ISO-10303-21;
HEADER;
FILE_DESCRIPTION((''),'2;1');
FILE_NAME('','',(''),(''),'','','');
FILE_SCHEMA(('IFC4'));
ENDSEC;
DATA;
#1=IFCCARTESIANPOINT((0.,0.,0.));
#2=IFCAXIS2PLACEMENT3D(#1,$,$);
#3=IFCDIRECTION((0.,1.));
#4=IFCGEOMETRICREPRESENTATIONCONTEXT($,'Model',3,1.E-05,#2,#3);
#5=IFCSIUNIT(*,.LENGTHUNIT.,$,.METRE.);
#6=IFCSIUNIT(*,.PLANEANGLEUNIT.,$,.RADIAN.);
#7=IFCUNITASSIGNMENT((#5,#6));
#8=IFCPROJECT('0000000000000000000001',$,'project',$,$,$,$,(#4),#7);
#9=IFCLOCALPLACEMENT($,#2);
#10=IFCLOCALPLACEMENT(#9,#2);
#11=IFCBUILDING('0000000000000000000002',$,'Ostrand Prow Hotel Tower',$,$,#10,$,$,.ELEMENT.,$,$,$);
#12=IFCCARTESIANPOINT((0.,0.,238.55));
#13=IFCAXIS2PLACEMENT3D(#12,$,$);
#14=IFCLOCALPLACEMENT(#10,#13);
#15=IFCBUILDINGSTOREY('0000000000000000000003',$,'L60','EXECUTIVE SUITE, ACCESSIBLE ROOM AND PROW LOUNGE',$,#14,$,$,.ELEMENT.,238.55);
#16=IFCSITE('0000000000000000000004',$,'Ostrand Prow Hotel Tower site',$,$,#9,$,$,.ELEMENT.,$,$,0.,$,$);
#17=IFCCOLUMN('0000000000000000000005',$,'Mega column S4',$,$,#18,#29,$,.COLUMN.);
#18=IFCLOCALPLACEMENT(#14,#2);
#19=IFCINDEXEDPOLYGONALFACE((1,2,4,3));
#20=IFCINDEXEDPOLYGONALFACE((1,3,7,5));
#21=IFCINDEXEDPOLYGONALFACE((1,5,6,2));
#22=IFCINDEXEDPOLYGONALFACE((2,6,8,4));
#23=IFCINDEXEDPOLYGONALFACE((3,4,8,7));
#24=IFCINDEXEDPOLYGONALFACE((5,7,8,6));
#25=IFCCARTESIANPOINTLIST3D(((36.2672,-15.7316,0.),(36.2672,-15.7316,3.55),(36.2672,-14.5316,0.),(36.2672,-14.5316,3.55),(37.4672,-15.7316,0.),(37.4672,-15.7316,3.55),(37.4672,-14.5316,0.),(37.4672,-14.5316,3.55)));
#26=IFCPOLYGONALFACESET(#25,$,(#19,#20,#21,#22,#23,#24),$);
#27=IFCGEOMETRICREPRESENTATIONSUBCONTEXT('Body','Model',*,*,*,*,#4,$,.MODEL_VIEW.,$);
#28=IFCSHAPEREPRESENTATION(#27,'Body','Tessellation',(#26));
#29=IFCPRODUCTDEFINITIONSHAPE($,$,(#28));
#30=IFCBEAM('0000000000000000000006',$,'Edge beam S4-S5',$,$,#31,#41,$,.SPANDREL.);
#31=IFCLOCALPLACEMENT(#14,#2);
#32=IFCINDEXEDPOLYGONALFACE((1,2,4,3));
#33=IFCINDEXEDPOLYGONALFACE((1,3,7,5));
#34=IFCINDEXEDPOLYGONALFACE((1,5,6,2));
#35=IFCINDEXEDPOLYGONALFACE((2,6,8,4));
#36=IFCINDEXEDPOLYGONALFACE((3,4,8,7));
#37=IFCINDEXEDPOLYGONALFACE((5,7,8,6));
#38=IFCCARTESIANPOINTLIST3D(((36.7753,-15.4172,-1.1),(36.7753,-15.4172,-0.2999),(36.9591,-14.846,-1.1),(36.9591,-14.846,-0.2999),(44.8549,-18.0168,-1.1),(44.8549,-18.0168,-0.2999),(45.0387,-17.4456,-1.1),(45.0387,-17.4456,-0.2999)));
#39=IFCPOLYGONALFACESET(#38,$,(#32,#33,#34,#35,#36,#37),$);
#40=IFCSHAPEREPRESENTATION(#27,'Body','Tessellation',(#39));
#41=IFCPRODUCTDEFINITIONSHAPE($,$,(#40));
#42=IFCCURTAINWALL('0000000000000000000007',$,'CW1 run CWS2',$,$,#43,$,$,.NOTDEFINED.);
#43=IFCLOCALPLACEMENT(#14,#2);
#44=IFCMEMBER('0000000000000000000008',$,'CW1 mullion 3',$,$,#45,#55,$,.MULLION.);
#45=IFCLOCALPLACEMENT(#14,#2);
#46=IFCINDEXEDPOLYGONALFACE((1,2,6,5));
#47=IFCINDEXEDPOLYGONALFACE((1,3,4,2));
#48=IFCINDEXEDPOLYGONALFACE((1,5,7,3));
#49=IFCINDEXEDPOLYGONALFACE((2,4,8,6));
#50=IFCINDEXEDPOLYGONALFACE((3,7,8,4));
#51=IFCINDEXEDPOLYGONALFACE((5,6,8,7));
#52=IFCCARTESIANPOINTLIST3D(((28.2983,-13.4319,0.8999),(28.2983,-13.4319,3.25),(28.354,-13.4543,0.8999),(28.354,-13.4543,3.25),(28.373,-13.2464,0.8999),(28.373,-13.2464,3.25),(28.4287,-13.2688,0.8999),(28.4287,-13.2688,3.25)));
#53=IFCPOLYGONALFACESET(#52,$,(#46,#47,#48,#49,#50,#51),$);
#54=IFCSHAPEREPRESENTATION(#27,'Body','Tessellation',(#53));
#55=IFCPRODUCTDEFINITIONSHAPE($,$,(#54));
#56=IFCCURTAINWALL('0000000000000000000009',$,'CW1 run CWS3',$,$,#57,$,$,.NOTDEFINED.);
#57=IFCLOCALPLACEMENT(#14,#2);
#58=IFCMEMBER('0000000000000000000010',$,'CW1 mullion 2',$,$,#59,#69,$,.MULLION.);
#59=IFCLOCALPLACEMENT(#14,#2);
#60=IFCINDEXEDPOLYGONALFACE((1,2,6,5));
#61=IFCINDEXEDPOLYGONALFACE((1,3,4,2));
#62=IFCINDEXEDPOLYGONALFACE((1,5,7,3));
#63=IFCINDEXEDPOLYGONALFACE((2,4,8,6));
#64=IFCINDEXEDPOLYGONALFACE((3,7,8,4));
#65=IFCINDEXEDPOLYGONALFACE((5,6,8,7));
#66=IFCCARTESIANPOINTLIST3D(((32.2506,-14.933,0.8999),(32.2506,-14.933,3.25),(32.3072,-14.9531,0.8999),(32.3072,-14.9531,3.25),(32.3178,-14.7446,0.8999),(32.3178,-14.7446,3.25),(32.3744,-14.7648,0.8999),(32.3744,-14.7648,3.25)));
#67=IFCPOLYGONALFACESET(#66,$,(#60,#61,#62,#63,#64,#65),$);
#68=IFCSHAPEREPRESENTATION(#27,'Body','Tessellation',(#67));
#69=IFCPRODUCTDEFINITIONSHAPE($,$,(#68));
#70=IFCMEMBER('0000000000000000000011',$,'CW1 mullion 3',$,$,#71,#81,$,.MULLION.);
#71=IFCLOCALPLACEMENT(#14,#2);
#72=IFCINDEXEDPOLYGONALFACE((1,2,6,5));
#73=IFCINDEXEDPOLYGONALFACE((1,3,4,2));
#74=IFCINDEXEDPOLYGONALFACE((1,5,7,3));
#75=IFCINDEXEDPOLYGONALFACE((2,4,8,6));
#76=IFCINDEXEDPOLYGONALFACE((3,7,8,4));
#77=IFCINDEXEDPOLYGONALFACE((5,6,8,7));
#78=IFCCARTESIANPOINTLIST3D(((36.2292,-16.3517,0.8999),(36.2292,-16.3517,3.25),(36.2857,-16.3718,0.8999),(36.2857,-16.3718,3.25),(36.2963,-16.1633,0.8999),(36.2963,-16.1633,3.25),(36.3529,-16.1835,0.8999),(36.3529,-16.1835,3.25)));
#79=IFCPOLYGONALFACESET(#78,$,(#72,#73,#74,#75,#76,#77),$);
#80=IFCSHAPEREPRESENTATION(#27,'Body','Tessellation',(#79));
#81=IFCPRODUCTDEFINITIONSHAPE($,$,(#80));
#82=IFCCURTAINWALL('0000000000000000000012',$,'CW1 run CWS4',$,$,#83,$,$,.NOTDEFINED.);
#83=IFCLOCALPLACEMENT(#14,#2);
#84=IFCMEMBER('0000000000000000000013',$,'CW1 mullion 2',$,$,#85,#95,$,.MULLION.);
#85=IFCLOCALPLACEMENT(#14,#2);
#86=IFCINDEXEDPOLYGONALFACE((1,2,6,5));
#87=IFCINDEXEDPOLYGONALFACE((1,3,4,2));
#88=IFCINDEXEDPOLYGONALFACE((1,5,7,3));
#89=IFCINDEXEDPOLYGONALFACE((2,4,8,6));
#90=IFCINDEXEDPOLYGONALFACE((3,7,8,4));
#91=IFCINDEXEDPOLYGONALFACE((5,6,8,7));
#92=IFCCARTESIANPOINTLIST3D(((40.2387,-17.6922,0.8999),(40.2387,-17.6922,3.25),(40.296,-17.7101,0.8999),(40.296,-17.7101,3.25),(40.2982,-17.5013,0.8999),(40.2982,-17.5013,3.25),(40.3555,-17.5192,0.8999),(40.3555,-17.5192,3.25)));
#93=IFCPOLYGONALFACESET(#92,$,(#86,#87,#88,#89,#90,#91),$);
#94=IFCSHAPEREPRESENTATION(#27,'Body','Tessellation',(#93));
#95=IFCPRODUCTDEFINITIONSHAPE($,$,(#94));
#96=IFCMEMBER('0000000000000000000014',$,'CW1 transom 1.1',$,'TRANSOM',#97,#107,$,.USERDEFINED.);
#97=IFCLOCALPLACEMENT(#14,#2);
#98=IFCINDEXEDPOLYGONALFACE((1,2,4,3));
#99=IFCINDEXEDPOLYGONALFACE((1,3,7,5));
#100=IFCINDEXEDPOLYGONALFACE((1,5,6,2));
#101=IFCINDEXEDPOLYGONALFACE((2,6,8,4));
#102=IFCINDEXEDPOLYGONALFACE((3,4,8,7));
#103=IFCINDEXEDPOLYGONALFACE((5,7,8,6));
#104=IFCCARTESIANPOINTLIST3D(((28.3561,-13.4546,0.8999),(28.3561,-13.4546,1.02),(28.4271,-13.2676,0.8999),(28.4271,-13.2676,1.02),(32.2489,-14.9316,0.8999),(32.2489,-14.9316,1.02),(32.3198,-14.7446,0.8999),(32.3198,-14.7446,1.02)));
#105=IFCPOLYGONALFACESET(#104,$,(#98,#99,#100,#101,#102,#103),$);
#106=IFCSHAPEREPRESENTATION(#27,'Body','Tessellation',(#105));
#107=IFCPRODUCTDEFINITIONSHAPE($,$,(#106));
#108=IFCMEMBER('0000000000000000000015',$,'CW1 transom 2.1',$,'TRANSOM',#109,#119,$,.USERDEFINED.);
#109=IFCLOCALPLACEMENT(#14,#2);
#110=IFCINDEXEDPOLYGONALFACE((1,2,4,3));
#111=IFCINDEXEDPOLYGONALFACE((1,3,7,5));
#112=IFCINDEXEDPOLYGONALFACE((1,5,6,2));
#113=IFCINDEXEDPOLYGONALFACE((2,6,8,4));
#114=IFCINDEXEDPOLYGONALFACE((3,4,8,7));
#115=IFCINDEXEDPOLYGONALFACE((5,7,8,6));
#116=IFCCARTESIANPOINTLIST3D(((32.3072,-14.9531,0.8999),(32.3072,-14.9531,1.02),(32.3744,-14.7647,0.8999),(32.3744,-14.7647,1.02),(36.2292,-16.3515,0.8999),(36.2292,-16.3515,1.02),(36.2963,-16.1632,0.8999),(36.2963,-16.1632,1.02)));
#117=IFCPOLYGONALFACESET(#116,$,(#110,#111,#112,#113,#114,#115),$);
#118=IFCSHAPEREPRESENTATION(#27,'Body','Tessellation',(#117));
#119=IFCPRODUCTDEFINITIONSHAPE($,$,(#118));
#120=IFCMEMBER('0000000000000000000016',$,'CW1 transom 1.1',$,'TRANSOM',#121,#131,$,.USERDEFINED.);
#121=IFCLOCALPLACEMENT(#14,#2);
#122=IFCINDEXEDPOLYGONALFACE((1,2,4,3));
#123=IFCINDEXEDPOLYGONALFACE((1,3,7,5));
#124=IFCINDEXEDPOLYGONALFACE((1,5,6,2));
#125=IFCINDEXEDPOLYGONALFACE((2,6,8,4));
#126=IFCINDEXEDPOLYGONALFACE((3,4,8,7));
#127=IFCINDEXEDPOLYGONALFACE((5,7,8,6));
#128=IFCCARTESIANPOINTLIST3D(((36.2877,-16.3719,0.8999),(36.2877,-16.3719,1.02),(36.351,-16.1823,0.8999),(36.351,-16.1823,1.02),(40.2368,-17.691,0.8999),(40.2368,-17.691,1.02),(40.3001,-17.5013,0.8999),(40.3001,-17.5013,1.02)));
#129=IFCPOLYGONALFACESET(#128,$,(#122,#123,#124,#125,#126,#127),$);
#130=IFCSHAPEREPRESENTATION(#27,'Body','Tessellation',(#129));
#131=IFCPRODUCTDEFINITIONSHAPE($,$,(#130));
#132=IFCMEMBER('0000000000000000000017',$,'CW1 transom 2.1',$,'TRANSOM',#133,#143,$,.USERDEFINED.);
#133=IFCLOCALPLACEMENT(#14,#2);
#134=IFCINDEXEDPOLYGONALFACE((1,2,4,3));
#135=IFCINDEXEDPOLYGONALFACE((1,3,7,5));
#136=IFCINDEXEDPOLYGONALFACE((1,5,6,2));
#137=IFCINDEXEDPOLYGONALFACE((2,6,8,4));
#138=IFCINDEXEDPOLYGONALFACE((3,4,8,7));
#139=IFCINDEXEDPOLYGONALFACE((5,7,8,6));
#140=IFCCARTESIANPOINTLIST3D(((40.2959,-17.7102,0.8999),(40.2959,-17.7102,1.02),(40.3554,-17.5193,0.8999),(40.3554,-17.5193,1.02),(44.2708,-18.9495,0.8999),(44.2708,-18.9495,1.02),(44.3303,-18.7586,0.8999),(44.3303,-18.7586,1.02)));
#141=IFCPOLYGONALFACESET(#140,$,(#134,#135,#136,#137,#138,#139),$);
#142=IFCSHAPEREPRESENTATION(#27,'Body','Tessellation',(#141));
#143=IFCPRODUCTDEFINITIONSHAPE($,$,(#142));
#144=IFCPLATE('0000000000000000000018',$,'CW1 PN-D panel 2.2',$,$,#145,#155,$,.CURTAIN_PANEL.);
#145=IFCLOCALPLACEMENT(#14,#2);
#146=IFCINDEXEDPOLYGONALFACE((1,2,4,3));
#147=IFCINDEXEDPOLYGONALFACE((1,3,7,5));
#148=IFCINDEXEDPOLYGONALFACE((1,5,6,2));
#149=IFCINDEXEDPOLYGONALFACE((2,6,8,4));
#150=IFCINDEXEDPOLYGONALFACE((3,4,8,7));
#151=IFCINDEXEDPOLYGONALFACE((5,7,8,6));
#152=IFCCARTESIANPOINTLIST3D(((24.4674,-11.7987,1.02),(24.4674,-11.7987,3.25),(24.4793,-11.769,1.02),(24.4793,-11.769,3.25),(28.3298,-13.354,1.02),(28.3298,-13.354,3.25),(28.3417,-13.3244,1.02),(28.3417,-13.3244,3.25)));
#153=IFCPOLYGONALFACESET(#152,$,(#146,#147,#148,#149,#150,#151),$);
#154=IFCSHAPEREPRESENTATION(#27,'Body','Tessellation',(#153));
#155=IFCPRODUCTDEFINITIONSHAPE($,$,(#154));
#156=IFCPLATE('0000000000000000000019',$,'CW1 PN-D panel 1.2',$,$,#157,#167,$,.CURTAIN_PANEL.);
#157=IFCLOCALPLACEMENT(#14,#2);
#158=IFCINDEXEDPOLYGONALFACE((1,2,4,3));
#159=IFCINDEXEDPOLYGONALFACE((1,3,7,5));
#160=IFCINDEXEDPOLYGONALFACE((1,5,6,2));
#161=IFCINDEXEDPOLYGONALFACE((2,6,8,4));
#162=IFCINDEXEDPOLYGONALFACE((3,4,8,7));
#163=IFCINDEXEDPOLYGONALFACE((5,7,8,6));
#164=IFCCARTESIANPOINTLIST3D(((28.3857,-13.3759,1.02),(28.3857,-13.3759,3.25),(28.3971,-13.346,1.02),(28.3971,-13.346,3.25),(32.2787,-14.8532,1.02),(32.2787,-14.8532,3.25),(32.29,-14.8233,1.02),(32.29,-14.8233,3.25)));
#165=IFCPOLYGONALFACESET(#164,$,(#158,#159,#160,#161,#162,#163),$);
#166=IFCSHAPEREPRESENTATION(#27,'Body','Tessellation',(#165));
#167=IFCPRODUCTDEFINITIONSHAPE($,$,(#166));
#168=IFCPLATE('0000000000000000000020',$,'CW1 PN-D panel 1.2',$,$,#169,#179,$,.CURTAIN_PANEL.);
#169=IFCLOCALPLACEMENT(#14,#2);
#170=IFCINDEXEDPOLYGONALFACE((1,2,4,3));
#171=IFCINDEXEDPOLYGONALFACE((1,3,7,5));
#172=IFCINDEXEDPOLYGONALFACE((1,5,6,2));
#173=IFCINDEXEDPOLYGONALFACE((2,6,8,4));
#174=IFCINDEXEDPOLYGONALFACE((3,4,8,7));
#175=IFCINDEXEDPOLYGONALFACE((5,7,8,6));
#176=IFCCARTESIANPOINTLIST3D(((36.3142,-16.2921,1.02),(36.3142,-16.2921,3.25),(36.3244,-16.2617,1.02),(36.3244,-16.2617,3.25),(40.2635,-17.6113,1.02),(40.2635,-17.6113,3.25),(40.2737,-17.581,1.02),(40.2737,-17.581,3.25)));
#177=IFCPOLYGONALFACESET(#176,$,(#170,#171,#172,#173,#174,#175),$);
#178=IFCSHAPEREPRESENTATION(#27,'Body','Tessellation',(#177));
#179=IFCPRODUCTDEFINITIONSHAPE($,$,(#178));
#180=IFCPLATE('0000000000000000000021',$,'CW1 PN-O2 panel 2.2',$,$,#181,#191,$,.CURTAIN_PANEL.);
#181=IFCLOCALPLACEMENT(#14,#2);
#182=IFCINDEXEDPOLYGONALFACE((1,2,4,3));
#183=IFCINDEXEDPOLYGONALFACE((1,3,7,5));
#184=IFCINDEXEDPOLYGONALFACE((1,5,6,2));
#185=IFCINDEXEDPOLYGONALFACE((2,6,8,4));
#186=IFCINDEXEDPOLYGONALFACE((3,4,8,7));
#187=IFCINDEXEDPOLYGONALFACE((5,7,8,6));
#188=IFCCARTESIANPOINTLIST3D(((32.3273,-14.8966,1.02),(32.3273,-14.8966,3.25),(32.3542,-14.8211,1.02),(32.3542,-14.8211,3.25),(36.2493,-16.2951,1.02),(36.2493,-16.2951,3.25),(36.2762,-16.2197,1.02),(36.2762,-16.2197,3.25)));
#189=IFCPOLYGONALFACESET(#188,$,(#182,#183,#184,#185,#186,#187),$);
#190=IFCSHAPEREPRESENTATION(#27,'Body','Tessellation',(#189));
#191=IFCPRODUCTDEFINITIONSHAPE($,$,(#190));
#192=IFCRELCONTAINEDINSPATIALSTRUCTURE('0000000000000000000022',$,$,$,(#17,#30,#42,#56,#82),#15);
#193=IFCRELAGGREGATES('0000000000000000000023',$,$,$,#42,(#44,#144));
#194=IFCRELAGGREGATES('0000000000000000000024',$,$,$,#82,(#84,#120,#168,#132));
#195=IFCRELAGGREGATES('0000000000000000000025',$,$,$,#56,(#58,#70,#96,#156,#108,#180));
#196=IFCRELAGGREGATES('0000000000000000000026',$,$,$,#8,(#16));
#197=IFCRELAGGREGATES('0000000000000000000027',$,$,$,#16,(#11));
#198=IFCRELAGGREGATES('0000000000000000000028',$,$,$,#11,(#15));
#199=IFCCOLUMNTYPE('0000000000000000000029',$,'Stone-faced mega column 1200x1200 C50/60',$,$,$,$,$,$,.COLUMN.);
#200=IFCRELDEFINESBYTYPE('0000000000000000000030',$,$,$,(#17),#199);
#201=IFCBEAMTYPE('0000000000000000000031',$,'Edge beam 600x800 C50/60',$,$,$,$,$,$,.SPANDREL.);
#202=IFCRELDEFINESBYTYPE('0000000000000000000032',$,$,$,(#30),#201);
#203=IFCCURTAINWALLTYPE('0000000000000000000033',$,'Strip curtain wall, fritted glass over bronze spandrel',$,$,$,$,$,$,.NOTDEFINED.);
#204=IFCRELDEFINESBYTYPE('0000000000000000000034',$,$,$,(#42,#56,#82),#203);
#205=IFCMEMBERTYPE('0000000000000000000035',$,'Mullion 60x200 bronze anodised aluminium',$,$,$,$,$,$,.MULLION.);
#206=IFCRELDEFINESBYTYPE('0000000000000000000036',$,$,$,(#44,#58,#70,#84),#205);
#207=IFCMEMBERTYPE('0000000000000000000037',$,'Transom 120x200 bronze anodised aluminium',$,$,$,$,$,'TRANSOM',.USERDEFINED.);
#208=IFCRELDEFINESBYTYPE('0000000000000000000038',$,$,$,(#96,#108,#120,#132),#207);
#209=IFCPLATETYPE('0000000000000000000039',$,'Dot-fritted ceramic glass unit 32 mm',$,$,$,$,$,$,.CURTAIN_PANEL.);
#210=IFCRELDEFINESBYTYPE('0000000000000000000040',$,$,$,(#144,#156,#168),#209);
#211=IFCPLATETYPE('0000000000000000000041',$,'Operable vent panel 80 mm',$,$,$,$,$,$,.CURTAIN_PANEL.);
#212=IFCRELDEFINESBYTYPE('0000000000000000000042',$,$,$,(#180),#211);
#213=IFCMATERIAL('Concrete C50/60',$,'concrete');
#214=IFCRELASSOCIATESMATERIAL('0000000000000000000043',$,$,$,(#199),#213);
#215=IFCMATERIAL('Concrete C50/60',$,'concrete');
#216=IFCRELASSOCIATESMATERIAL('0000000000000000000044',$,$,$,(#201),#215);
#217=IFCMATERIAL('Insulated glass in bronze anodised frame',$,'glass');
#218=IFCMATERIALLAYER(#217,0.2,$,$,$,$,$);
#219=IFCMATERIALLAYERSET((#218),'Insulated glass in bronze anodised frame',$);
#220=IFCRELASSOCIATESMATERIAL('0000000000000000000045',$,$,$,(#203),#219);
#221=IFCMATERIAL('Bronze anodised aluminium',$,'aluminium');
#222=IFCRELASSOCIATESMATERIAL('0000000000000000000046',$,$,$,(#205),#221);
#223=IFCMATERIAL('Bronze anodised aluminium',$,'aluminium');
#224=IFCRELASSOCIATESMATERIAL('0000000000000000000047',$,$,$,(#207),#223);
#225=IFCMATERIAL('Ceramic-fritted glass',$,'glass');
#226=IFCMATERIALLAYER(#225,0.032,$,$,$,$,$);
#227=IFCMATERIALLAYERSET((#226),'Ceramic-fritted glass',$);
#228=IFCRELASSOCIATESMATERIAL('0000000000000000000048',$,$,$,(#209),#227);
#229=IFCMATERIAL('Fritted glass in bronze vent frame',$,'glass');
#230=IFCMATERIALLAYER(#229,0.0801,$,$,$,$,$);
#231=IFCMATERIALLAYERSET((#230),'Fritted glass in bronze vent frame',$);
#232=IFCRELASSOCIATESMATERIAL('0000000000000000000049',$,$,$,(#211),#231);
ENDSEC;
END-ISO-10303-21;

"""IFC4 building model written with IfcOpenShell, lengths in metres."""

from ifc_helpers import new_model, si_unit, direction, frame, origin, origin_2d, place, context, subcontext, project, spatial, rectangle, extrude, material, layer, layer_set, material_profile, profile_set, type_object, element, aggregate, save


model = new_model("IFC4")

# Units and contexts
model_context = context("Model", 3, precision=1e-05, world=origin(), true_north=direction((0.0, 1.0)))
body_context = subcontext(model_context, "Body", "Model", "MODEL_VIEW")
ifc_project = project(units=[si_unit("LENGTHUNIT", "METRE"), si_unit("PLANEANGLEUNIT", "RADIAN")], contexts=[model_context])

# Site, building, storey
site_placement = place(None, origin())
site = spatial("IfcSite", under=ifc_project, at=site_placement, Name="Ostrand Prow Hotel Tower site", CompositionType="ELEMENT", RefElevation=0.0)
building_placement = place(site_placement, origin())
building = spatial("IfcBuilding", under=site, at=building_placement, Name="Ostrand Prow Hotel Tower", CompositionType="ELEMENT")
storey_placement = place(building_placement, frame((0.0, 0.0, 238.55)))
storey = spatial("IfcBuildingStorey", under=building, at=storey_placement, Name="L60", Description="EXECUTIVE SUITE, ACCESSIBLE ROOM AND PROW LOUNGE", CompositionType="ELEMENT", Elevation=238.55)

# Column
ifc_material_1 = material(Name="Concrete C50/60", Category="concrete")
ifc_material_profile_1 = material_profile(ifc_material_1, rectangle(XDim=1.2, YDim=1.2, at=origin_2d()), Name="RC 1200x1200")
ifc_profile_set_1 = profile_set([ifc_material_profile_1], Name="Concrete C50/60")
column_type = type_object("IfcColumnType", Name="Stone-faced mega column 1200x1200 C50/60", PredefinedType="COLUMN", material=ifc_profile_set_1)
column_placement = place(storey_placement, frame((36.8672, -15.1316, 0.0), z_axis=(0.0, 0.0, 1.0), x_axis=(1.0, 0.0, 0.0)))
element("IfcColumn", 1, at=column_placement, inside=storey, type_object=column_type, Name="Mega column S4", PredefinedType="COLUMN", context=body_context, shape_type="SweptSolid", body=[
    extrude(rectangle(XDim=1.2, YDim=1.2, at=origin_2d()), origin(), (0.0, 0.0, 1.0), 3.55),
])

# Beam
ifc_material_2 = material(Name="Concrete C50/60", Category="concrete")
ifc_material_profile_2 = material_profile(ifc_material_2, rectangle(XDim=0.6001, YDim=0.8, at=origin_2d()), Name="RC 600x800")
ifc_profile_set_2 = profile_set([ifc_material_profile_2], Name="Concrete C50/60")
beam_type = type_object("IfcBeamType", Name="Edge beam 600x800 C50/60", PredefinedType="SPANDREL", material=ifc_profile_set_2)
beam_placement = place(storey_placement, frame((36.8672, -15.1316, -0.7), z_axis=(0.951939, -0.306287, 0.0), x_axis=(0.306287, 0.951939, 0.0)))
element("IfcBeam", 2, at=beam_placement, inside=storey, type_object=beam_type, Name="Edge beam S4-S5", PredefinedType="SPANDREL", context=body_context, shape_type="SweptSolid", body=[
    extrude(rectangle(XDim=0.6001, YDim=0.8, at=origin_2d()), origin(), (0.0, 0.0, 1.0), 8.4875),
])

# Curtain wall, member
ifc_material_3 = material(Name="Insulated glass in bronze anodised frame", Category="glass")
ifc_layer_1 = layer(ifc_material_3, 0.2)
ifc_layer_set_1 = layer_set([ifc_layer_1], Name="Insulated glass in bronze anodised frame")
curtain_wall_type = type_object("IfcCurtainWallType", Name="Strip curtain wall, fritted glass over bronze spandrel", PredefinedType="NOTDEFINED", material=ifc_layer_set_1)
curtain_wall_1_placement = place(storey_placement, origin())
curtain_wall_1 = element("IfcCurtainWall", 3, at=curtain_wall_1_placement, inside=storey, type_object=curtain_wall_type, Name="CW1 run CWS2", PredefinedType="NOTDEFINED")
ifc_material_4 = material(Name="Bronze anodised aluminium", Category="aluminium")
ifc_material_profile_3 = material_profile(ifc_material_4, rectangle(XDim=0.2, YDim=0.0601, at=origin_2d()), Name="Mullion 60x200 bronze anodised aluminium")
ifc_profile_set_3 = profile_set([ifc_material_profile_3], Name="Bronze anodised aluminium")
member_type_1 = type_object("IfcMemberType", Name="Mullion 60x200 bronze anodised aluminium", PredefinedType="MULLION", material=ifc_profile_set_3)
member_1_placement = place(storey_placement, frame((28.3635, -13.3503, 0.8999), z_axis=(0.0, 0.0, 1.0), x_axis=(0.373533, 0.927617, 0.0)))
member_1 = element("IfcMember", 4, at=member_1_placement, type_object=member_type_1, Name="CW1 mullion 3", PredefinedType="MULLION", context=body_context, shape_type="SweptSolid", body=[
    extrude(rectangle(XDim=0.2, YDim=0.0601, at=origin_2d()), origin(), (0.0, 0.0, 1.0), 2.3501),
])

# Curtain wall, members
curtain_wall_2_placement = place(storey_placement, origin())
curtain_wall_2 = element("IfcCurtainWall", 5, at=curtain_wall_2_placement, inside=storey, type_object=curtain_wall_type, Name="CW1 run CWS3", PredefinedType="NOTDEFINED")
member_2_placement = place(storey_placement, frame((32.3125, -14.8489, 0.8999), z_axis=(0.0, 0.0, 1.0), x_axis=(0.335877, 0.941906, 0.0)))
member_2 = element("IfcMember", 6, at=member_2_placement, type_object=member_type_1, Name="CW1 mullion 2", PredefinedType="MULLION", context=body_context, shape_type="SweptSolid", body=[
    extrude(rectangle(XDim=0.2, YDim=0.0601, at=origin_2d()), origin(), (0.0, 0.0, 1.0), 2.3501),
])
member_3_placement = place(storey_placement, frame((36.291, -16.2676, 0.8999), z_axis=(0.0, 0.0, 1.0), x_axis=(0.335877, 0.941906, 0.0)))
member_3 = element("IfcMember", 7, at=member_3_placement, type_object=member_type_1, Name="CW1 mullion 3", PredefinedType="MULLION", context=body_context, shape_type="SweptSolid", body=[
    extrude(rectangle(XDim=0.2, YDim=0.0601, at=origin_2d()), origin(), (0.0, 0.0, 1.0), 2.3501),
])

# Curtain wall, member
curtain_wall_3_placement = place(storey_placement, origin())
curtain_wall_3 = element("IfcCurtainWall", 8, at=curtain_wall_3_placement, inside=storey, type_object=curtain_wall_type, Name="CW1 run CWS4", PredefinedType="NOTDEFINED")
member_4_placement = place(storey_placement, frame((40.2971, -17.6057, 0.8999), z_axis=(0.0, 0.0, 1.0), x_axis=(0.297678, 0.954666, 0.0)))
member_4 = element("IfcMember", 9, at=member_4_placement, type_object=member_type_1, Name="CW1 mullion 2", PredefinedType="MULLION", context=body_context, shape_type="SweptSolid", body=[
    extrude(rectangle(XDim=0.2, YDim=0.0601, at=origin_2d()), origin(), (0.0, 0.0, 1.0), 2.3501),
])

# Members
ifc_material_5 = material(Name="Bronze anodised aluminium", Category="aluminium")
ifc_material_profile_4 = material_profile(ifc_material_5, rectangle(XDim=0.2, YDim=0.1201, at=origin_2d()), Name="Transom 120x200 bronze anodised aluminium")
ifc_profile_set_4 = profile_set([ifc_material_profile_4], Name="Bronze anodised aluminium")
member_type_2 = type_object("IfcMemberType", Name="Transom 120x200 bronze anodised aluminium", ElementType="TRANSOM", PredefinedType="USERDEFINED", material=ifc_profile_set_4)
member_5_placement = place(storey_placement, frame((28.3916, -13.3611, 0.96), z_axis=(0.934961, -0.354751, 0.0), x_axis=(0.354751, 0.934961, 0.0)))
member_5 = element("IfcMember", 10, at=member_5_placement, type_object=member_type_2, Name="CW1 transom 1.1", ObjectType="TRANSOM", PredefinedType="USERDEFINED", context=body_context, shape_type="SweptSolid", body=[
    extrude(rectangle(XDim=0.2, YDim=0.1201, at=origin_2d()), origin(), (0.0, 0.0, 1.0), 4.1636),
])
member_6_placement = place(storey_placement, frame((32.3408, -14.8589, 0.96), z_axis=(0.941912, -0.335861, 0.0), x_axis=(0.335861, 0.941912, 0.0)))
member_6 = element("IfcMember", 11, at=member_6_placement, type_object=member_type_2, Name="CW1 transom 2.1", ObjectType="TRANSOM", PredefinedType="USERDEFINED", context=body_context, shape_type="SweptSolid", body=[
    extrude(rectangle(XDim=0.2, YDim=0.1201, at=origin_2d()), origin(), (0.0, 0.0, 1.0), 4.1638),
])
member_7_placement = place(storey_placement, frame((36.3193, -16.2771, 0.96), z_axis=(0.94849, -0.316808, 0.0), x_axis=(0.316808, 0.94849, 0.0)))
member_7 = element("IfcMember", 12, at=member_7_placement, type_object=member_type_2, Name="CW1 transom 1.1", ObjectType="TRANSOM", PredefinedType="USERDEFINED", context=body_context, shape_type="SweptSolid", body=[
    extrude(rectangle(XDim=0.2, YDim=0.1201, at=origin_2d()), origin(), (0.0, 0.0, 1.0), 4.1636),
])
member_8_placement = place(storey_placement, frame((40.3257, -17.6147, 0.96), z_axis=(0.954677, -0.297644, 0.0), x_axis=(0.297644, 0.954677, 0.0)))
member_8 = element("IfcMember", 13, at=member_8_placement, type_object=member_type_2, Name="CW1 transom 2.1", ObjectType="TRANSOM", PredefinedType="USERDEFINED", context=body_context, shape_type="SweptSolid", body=[
    extrude(rectangle(XDim=0.2, YDim=0.1201, at=origin_2d()), origin(), (0.0, 0.0, 1.0), 4.1636),
])

# Plates
ifc_material_6 = material(Name="Ceramic-fritted glass", Category="glass")
ifc_layer_2 = layer(ifc_material_6, 0.032)
ifc_layer_set_2 = layer_set([ifc_layer_2], Name="Ceramic-fritted glass")
plate_type_1 = type_object("IfcPlateType", Name="Dot-fritted ceramic glass unit 32 mm", PredefinedType="CURTAIN_PANEL", material=ifc_layer_set_2)
plate_1_placement = place(storey_placement, frame((26.4045, -12.5615, 1.02), z_axis=(0.0, 0.0, 1.0), x_axis=(0.927617, -0.373533, 0.0)))
plate_1 = element("IfcPlate", 14, at=plate_1_placement, type_object=plate_type_1, Name="CW1 PN-D panel 2.2", PredefinedType="CURTAIN_PANEL", context=body_context, shape_type="SweptSolid", body=[
    extrude(rectangle(XDim=4.1638, YDim=0.032, at=origin_2d()), origin(), (0.0, 0.0, 1.0), 2.23),
])
aggregate(curtain_wall_1, [member_1, plate_1])
plate_2_placement = place(storey_placement, frame((30.3379, -14.0996, 1.02), z_axis=(0.0, 0.0, 1.0), x_axis=(0.934951, -0.354777, 0.0)))
plate_2 = element("IfcPlate", 15, at=plate_2_placement, type_object=plate_type_1, Name="CW1 PN-D panel 1.2", PredefinedType="CURTAIN_PANEL", context=body_context, shape_type="SweptSolid", body=[
    extrude(rectangle(XDim=4.1638, YDim=0.032, at=origin_2d()), origin(), (0.0, 0.0, 1.0), 2.23),
])
plate_3_placement = place(storey_placement, frame((38.2939, -16.9365, 1.02), z_axis=(0.0, 0.0, 1.0), x_axis=(0.948479, -0.316841, 0.0)))
plate_3 = element("IfcPlate", 16, at=plate_3_placement, type_object=plate_type_1, Name="CW1 PN-D panel 1.2", PredefinedType="CURTAIN_PANEL", context=body_context, shape_type="SweptSolid", body=[
    extrude(rectangle(XDim=4.1638, YDim=0.032, at=origin_2d()), origin(), (0.0, 0.0, 1.0), 2.23),
])
aggregate(curtain_wall_3, [member_4, member_7, plate_3, member_8])
ifc_material_7 = material(Name="Fritted glass in bronze vent frame", Category="glass")
ifc_layer_3 = layer(ifc_material_7, 0.0801)
ifc_layer_set_3 = layer_set([ifc_layer_3], Name="Fritted glass in bronze vent frame")
plate_type_2 = type_object("IfcPlateType", Name="Operable vent panel 80 mm", PredefinedType="CURTAIN_PANEL", material=ifc_layer_set_3)
plate_4_placement = place(storey_placement, frame((34.3018, -15.5581, 1.02), z_axis=(0.0, 0.0, 1.0), x_axis=(0.941906, -0.335877, 0.0)))
plate_4 = element("IfcPlate", 17, at=plate_4_placement, type_object=plate_type_2, Name="CW1 PN-O2 panel 2.2", PredefinedType="CURTAIN_PANEL", context=body_context, shape_type="SweptSolid", body=[
    extrude(rectangle(XDim=4.1638, YDim=0.0801, at=origin_2d()), origin(), (0.0, 0.0, 1.0), 2.23),
])
aggregate(curtain_wall_2, [member_2, member_3, member_5, plate_2, member_6, plate_4])

save(model, "model.ifc")
